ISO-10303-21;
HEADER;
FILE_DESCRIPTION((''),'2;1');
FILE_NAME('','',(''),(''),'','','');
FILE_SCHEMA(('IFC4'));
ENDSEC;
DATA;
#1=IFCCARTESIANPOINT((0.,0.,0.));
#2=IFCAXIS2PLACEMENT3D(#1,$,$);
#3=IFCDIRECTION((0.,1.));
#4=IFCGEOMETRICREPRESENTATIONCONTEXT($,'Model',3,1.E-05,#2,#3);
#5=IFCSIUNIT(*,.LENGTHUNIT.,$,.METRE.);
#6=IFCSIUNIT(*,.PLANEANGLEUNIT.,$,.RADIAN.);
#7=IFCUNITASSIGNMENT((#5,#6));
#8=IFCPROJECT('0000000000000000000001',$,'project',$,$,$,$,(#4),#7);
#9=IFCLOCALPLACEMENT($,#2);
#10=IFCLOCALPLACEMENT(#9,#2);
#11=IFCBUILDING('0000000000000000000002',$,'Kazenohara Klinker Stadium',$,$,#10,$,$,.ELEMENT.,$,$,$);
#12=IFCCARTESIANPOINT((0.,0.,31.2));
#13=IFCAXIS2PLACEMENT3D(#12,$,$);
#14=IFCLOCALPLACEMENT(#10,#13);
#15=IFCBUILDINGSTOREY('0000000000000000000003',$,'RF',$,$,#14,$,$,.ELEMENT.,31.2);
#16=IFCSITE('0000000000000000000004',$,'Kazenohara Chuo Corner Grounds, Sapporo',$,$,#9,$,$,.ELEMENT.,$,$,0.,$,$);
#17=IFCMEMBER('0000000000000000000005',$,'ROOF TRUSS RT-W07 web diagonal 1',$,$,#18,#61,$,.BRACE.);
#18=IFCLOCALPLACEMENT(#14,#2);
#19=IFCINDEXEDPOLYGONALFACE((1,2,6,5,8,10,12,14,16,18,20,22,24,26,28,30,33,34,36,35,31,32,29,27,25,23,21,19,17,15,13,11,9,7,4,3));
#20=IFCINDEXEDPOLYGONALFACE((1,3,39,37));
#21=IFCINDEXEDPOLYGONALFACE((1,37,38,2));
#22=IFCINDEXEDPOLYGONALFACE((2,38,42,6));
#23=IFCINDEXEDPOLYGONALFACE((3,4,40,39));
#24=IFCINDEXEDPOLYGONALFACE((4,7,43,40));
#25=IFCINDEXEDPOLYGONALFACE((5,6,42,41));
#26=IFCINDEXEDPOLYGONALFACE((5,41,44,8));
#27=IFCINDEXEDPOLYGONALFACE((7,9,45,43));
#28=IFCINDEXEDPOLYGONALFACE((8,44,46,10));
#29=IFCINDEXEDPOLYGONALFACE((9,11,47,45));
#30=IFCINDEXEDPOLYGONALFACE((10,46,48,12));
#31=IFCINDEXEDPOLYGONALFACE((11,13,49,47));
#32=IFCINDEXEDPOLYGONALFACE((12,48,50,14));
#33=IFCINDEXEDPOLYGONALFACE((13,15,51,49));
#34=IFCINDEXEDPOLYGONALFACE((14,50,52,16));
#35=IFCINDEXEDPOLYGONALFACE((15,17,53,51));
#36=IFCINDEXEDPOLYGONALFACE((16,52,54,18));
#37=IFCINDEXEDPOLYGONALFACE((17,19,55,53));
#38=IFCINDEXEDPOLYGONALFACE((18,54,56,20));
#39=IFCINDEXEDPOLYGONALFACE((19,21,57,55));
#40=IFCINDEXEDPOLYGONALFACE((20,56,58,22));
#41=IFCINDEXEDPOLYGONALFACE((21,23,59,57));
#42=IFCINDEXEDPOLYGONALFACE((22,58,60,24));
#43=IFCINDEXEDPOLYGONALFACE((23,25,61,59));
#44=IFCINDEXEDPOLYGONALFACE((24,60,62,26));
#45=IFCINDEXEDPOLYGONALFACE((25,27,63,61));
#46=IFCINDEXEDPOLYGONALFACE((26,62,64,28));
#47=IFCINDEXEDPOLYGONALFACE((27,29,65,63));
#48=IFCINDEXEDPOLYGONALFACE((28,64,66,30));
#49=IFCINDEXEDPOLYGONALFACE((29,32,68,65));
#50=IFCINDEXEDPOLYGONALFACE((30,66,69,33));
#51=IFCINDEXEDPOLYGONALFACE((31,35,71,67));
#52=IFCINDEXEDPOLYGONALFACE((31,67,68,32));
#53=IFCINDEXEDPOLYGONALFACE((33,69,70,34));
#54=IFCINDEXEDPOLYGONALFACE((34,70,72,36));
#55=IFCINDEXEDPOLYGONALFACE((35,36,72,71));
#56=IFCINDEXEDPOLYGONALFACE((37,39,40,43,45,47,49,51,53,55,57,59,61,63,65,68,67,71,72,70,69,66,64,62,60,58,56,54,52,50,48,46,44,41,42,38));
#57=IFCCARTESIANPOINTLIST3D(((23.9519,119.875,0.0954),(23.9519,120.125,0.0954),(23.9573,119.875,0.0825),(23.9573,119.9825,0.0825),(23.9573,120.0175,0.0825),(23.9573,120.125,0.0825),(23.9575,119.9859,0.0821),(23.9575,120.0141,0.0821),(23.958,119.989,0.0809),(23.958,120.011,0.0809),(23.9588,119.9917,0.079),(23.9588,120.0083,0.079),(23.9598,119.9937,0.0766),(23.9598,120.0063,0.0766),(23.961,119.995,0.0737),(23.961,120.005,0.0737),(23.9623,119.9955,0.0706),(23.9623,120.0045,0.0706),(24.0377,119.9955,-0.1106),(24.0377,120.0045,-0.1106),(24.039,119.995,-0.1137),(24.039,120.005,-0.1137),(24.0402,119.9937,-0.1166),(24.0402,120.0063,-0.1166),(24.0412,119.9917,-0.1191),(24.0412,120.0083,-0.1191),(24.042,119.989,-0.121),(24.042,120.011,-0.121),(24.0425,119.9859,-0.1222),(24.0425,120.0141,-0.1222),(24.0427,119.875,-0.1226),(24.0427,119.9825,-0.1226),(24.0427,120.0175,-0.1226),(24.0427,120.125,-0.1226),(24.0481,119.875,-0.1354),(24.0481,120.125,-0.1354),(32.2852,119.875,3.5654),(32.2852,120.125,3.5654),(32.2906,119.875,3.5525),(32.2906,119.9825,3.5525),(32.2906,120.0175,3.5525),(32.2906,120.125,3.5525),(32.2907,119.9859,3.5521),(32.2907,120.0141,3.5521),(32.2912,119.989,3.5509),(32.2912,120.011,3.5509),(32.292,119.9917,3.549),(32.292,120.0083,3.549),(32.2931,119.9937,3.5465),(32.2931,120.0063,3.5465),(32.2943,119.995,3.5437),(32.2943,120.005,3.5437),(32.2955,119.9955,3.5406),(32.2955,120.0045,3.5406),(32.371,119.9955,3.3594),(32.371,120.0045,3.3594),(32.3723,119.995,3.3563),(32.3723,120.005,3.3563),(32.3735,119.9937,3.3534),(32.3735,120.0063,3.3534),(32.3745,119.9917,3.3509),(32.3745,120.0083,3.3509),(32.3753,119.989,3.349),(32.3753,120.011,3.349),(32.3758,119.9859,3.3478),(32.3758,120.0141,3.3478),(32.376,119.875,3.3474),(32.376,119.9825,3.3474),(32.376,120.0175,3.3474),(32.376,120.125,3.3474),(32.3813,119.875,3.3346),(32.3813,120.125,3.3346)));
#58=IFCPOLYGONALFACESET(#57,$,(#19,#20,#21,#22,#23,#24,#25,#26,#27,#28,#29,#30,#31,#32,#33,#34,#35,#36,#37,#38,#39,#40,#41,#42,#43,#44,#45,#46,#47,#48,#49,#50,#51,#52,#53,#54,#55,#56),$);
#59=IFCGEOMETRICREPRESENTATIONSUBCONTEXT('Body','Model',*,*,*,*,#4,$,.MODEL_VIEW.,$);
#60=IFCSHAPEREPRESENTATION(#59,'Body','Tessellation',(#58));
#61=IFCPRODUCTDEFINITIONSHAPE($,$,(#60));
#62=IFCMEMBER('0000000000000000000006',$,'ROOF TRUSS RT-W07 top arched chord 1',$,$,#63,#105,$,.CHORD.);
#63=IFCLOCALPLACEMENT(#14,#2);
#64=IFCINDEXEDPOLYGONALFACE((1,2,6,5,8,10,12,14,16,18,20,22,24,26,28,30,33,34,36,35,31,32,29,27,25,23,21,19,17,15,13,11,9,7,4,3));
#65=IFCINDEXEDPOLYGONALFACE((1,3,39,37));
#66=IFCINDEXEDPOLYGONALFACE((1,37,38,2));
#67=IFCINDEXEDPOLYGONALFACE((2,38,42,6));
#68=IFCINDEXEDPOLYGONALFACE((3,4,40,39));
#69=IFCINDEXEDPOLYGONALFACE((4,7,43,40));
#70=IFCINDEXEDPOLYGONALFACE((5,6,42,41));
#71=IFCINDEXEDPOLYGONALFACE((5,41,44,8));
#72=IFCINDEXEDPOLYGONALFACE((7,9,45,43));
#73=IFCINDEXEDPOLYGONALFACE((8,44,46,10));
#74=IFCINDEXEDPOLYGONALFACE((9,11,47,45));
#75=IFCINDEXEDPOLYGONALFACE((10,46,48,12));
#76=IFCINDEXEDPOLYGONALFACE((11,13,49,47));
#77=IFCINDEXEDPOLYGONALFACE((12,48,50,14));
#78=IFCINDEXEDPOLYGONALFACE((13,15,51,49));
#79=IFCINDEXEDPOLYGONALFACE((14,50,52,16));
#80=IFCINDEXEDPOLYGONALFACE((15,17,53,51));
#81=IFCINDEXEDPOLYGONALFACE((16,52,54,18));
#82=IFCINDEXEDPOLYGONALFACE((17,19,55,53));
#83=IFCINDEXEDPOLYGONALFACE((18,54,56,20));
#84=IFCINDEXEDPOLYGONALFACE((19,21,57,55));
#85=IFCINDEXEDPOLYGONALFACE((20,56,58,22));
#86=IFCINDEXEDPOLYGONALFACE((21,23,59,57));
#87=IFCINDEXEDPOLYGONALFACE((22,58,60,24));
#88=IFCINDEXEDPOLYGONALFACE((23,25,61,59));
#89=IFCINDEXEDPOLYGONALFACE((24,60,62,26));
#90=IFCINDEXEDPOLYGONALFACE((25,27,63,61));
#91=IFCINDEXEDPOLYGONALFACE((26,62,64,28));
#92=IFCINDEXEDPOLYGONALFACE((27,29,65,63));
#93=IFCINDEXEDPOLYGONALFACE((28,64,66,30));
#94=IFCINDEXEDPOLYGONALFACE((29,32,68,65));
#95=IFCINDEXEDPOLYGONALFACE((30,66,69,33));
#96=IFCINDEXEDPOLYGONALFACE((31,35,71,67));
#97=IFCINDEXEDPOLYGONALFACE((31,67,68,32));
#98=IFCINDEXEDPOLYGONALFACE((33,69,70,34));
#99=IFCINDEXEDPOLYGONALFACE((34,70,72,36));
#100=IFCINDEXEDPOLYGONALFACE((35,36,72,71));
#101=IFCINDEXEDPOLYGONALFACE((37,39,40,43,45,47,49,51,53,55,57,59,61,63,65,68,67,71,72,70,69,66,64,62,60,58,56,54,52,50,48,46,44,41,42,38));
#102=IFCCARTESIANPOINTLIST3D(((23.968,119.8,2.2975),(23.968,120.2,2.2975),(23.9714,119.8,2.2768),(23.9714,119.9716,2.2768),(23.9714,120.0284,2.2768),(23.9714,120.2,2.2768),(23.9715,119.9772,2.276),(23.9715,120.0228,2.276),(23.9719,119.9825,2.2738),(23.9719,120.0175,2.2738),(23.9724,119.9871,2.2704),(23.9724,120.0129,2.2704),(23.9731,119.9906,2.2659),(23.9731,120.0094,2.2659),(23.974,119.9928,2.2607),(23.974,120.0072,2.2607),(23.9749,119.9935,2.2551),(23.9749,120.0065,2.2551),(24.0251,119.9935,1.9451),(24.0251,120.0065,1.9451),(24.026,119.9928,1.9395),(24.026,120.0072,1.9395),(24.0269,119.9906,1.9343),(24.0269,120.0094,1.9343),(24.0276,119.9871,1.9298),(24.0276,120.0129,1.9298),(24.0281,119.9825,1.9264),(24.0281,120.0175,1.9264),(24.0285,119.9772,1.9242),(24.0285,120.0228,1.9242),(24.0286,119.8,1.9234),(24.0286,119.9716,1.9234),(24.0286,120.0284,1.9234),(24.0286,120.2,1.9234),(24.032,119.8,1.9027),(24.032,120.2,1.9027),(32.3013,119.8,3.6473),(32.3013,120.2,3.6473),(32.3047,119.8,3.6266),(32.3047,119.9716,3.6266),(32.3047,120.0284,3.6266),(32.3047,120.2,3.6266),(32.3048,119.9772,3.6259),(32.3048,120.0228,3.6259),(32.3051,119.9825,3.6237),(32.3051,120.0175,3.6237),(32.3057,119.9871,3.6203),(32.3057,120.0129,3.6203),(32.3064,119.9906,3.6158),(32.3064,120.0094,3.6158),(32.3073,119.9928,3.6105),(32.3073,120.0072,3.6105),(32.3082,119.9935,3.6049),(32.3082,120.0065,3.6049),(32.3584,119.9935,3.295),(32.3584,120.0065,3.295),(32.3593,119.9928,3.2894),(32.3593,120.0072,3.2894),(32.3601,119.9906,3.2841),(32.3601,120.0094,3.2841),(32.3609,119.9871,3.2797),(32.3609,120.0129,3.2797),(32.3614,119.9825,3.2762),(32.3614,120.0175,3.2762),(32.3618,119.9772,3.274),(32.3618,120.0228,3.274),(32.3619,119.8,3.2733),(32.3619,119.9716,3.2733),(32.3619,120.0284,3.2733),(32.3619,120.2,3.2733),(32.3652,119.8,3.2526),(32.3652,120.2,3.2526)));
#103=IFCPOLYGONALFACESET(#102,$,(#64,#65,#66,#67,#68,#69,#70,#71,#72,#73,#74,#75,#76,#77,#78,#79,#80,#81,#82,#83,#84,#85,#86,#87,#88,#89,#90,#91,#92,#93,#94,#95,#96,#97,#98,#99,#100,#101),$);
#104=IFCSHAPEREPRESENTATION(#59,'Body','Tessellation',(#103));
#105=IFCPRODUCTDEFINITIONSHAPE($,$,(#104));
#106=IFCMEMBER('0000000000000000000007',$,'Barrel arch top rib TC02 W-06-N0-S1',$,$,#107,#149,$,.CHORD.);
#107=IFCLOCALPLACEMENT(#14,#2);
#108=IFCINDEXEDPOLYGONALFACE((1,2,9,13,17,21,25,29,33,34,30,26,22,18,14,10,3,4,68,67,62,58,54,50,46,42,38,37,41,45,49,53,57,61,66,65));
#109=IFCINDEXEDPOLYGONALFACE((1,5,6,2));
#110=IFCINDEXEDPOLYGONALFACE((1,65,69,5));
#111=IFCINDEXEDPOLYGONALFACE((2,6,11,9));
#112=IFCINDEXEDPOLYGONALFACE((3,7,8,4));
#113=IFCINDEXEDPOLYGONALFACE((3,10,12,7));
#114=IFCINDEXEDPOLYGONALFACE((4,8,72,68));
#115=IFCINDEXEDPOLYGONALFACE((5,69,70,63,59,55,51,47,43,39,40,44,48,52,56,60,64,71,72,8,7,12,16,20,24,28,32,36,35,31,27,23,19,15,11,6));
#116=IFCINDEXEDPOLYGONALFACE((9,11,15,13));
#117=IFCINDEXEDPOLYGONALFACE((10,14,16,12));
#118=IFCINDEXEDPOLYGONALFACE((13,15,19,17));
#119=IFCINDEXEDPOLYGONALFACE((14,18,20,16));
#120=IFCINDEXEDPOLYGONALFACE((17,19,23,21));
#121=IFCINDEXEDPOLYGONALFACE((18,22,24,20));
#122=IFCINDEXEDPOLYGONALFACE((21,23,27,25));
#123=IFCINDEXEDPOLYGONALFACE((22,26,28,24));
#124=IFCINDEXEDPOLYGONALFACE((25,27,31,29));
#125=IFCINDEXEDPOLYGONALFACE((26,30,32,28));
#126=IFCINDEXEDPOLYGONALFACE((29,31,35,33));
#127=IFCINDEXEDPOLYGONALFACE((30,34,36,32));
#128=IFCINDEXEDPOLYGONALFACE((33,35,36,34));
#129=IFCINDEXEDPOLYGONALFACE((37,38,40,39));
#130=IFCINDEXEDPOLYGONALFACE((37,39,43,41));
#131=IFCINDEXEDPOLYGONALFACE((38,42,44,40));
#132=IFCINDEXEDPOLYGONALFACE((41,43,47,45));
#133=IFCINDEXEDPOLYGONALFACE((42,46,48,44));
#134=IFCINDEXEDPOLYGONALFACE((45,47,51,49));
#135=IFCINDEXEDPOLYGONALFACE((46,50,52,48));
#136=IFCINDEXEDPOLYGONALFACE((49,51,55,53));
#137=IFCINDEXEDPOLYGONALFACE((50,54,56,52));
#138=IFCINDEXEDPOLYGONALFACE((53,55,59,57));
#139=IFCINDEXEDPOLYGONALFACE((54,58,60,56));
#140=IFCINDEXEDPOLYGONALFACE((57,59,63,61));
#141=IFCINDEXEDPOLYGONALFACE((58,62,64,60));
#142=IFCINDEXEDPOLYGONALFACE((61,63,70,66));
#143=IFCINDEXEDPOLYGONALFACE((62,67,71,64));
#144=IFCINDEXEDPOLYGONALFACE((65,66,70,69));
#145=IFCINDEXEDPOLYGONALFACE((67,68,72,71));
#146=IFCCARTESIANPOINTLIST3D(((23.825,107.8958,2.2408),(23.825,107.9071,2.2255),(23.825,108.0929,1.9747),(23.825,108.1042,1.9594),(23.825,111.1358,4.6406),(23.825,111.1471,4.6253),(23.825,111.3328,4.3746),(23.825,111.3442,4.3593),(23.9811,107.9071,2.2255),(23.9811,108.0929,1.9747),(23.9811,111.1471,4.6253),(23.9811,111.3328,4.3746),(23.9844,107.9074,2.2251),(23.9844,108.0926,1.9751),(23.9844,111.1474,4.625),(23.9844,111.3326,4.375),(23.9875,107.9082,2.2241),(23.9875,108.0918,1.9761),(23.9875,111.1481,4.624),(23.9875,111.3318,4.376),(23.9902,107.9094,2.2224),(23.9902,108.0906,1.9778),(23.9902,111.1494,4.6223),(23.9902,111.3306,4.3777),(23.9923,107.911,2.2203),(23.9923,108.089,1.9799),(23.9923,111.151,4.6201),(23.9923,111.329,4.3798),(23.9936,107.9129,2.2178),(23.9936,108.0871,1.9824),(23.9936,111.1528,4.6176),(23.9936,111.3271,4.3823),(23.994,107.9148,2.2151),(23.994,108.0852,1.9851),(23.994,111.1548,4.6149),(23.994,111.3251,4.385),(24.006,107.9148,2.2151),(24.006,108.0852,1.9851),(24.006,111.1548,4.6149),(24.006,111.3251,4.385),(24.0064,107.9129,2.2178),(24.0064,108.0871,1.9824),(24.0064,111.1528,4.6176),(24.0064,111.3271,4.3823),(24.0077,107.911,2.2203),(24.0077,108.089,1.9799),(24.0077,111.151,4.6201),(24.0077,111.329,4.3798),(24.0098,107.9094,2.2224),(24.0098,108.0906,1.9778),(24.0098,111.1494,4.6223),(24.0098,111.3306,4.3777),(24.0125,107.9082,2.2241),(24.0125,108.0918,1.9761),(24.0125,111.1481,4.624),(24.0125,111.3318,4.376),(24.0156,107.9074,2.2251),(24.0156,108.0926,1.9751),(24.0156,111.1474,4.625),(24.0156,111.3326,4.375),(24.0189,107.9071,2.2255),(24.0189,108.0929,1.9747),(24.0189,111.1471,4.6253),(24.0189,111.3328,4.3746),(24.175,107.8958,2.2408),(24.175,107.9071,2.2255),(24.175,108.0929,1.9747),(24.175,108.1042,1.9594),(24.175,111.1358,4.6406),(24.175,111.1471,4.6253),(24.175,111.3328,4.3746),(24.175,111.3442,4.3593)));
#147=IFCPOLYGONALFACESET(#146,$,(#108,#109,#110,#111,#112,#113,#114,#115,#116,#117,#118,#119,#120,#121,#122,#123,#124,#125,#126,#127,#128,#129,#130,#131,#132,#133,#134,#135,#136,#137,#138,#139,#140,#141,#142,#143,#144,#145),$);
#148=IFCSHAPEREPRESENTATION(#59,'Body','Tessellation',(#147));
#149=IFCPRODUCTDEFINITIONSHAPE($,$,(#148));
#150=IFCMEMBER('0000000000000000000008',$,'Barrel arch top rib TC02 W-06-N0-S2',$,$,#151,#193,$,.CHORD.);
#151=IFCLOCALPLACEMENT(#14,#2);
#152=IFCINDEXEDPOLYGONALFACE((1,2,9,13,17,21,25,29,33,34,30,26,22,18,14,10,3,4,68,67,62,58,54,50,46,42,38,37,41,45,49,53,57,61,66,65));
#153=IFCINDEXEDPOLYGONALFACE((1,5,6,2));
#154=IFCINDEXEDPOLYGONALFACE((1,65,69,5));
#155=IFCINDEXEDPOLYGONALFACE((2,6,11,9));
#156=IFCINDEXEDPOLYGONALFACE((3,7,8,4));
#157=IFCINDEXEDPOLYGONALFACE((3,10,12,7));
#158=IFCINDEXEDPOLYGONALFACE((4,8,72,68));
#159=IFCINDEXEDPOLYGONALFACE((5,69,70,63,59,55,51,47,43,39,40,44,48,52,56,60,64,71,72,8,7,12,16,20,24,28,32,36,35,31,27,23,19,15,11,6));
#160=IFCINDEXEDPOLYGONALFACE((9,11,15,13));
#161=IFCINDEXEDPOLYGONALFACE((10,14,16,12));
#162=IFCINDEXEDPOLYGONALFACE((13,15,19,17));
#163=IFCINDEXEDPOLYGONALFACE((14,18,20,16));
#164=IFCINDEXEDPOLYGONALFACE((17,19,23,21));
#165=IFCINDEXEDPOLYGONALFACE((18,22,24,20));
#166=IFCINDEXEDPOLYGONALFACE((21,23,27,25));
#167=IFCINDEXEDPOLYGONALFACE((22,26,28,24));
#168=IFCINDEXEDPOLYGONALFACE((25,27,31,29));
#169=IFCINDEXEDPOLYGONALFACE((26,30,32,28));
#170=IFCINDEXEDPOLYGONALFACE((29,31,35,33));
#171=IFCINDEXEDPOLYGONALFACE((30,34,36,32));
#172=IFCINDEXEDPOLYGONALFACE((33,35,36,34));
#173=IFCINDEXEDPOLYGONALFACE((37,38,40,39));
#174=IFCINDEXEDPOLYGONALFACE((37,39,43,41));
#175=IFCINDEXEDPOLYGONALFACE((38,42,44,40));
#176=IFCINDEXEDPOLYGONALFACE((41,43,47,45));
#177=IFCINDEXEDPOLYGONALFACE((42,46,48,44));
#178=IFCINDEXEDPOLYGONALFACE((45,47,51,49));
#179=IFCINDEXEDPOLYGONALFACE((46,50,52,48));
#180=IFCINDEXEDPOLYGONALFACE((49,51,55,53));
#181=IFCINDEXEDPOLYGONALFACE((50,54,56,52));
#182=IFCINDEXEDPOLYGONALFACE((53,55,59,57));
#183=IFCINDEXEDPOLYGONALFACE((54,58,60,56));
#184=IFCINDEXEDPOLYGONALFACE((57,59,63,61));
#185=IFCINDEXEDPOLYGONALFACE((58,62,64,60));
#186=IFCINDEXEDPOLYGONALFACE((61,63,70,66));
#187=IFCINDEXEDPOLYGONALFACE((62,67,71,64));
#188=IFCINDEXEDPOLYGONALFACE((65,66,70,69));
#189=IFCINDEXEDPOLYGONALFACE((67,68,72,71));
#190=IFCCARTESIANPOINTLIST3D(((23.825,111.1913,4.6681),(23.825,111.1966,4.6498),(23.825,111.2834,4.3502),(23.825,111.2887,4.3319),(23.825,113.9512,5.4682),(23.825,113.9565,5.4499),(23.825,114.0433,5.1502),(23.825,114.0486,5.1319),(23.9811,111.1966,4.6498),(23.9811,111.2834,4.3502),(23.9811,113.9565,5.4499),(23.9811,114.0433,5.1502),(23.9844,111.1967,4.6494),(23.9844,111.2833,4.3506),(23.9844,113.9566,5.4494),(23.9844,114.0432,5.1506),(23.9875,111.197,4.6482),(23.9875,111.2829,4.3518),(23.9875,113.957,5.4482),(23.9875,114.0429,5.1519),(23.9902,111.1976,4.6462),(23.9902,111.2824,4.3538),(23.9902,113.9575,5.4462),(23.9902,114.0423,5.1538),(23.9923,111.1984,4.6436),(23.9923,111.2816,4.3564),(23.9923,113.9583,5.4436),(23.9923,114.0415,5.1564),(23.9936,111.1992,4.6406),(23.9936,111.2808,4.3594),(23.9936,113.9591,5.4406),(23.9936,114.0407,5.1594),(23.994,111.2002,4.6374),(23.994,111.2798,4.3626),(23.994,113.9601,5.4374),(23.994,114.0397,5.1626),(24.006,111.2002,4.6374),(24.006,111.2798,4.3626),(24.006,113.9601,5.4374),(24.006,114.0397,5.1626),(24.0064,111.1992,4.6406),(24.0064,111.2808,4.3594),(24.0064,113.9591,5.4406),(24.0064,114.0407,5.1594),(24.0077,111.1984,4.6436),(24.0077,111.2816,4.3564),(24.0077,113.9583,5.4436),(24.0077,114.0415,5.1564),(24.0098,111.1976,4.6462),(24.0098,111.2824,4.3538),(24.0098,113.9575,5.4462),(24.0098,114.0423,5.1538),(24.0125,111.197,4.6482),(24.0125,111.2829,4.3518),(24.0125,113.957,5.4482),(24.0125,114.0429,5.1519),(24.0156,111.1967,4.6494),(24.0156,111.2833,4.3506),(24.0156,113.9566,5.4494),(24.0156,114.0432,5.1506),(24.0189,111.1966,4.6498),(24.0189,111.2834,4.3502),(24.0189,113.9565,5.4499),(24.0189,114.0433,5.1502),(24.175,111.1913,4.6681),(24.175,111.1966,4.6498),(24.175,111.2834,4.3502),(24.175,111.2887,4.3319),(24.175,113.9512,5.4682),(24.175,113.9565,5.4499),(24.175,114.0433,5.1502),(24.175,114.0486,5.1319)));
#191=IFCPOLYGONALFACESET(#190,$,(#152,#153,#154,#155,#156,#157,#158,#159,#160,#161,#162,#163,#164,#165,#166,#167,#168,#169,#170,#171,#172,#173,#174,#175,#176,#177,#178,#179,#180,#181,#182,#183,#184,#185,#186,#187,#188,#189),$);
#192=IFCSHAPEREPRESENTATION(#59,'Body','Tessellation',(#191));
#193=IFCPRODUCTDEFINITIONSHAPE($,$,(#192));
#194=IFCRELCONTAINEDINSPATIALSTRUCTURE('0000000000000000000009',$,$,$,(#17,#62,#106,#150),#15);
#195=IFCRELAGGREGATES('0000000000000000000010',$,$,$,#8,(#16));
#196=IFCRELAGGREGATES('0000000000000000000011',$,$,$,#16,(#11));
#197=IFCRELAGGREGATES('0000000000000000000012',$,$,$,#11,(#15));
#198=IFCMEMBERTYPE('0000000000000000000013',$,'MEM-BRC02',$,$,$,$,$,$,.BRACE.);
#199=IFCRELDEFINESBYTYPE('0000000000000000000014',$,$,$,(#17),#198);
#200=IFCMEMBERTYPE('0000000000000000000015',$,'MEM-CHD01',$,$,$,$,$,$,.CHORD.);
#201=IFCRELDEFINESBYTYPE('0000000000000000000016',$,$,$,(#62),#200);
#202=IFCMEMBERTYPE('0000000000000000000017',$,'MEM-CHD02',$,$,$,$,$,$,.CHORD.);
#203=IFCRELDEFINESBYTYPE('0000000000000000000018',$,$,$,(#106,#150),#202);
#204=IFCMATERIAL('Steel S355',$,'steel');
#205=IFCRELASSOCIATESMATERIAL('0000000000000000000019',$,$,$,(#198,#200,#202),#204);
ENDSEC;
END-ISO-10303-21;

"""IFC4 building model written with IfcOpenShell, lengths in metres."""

from ifc_helpers import new_model, si_unit, direction, frame, origin, origin_2d, place, context, subcontext, project, spatial, i_section, extrude, material, material_profile, profile_set, type_object, element, save


model = new_model("IFC4")

# Units and contexts
model_context = context("Model", 3, precision=1e-05, world=origin(), true_north=direction((0.0, 1.0)))
body_context = subcontext(model_context, "Body", "Model", "MODEL_VIEW")
ifc_project = project(units=[si_unit("LENGTHUNIT", "METRE"), si_unit("PLANEANGLEUNIT", "RADIAN")], contexts=[model_context])

# Site, building, storey
site_placement = place(None, origin())
site = spatial("IfcSite", under=ifc_project, at=site_placement, Name="Kazenohara Chuo Corner Grounds, Sapporo", CompositionType="ELEMENT", RefElevation=0.0)
building_placement = place(site_placement, origin())
building = spatial("IfcBuilding", under=site, at=building_placement, Name="Kazenohara Klinker Stadium", CompositionType="ELEMENT")
storey_placement = place(building_placement, frame((0.0, 0.0, 31.2)))
storey = spatial("IfcBuildingStorey", under=building, at=storey_placement, Name="RF", CompositionType="ELEMENT", Elevation=31.2)

# Members
ifc_material_1 = material(Name="Steel S355", Category="steel")
ifc_material_profile_1 = material_profile(ifc_material_1, i_section(OverallWidth=0.25, OverallDepth=0.25, WebThickness=0.009, FlangeThickness=0.0139, FilletRadius=0.0129, at=origin_2d()), Name="H-250x250x9x14")
ifc_profile_set_1 = profile_set([ifc_material_profile_1], Name="Steel S355")
member_type_1 = type_object("IfcMemberType", Name="MEM-BRC02", PredefinedType="BRACE", material=ifc_profile_set_1)
member_1_placement = place(storey_placement, frame((24.0, 120.0, -0.02), z_axis=(0.923164, 0.0, 0.384406), x_axis=(0.0, 1.0, 0.0)))
element("IfcMember", 1, at=member_1_placement, inside=storey, type_object=member_type_1, Name="ROOF TRUSS RT-W07 web diagonal 1", PredefinedType="BRACE", context=body_context, shape_type="SweptSolid", body=[
    extrude(i_section(OverallWidth=0.25, OverallDepth=0.25, WebThickness=0.009, FlangeThickness=0.0139, FilletRadius=0.0129, at=origin_2d()), origin(), (0.0, 0.0, 1.0), 9.0269),
])
ifc_material_profile_2 = material_profile(ifc_material_1, i_section(OverallWidth=0.3999, OverallDepth=0.3999, WebThickness=0.0129, FlangeThickness=0.021, FilletRadius=0.022, at=origin_2d()), Name="H-400x400x13x21")
ifc_profile_set_2 = profile_set([ifc_material_profile_2], Name="Steel S355")
member_type_2 = type_object("IfcMemberType", Name="MEM-CHD01", PredefinedType="CHORD", material=ifc_profile_set_2)
member_2_placement = place(storey_placement, frame((24.0, 120.0, 2.1001), z_axis=(0.987133, 0.0, 0.1599), x_axis=(0.0, 1.0, 0.0)))
element("IfcMember", 2, at=member_2_placement, inside=storey, type_object=member_type_2, Name="ROOF TRUSS RT-W07 top arched chord 1", PredefinedType="CHORD", context=body_context, shape_type="SweptSolid", body=[
    extrude(i_section(OverallWidth=0.3999, OverallDepth=0.3999, WebThickness=0.0129, FlangeThickness=0.021, FilletRadius=0.022, at=origin_2d()), origin(), (0.0, 0.0, 1.0), 8.4419),
])
ifc_material_profile_3 = material_profile(ifc_material_1, i_section(OverallWidth=0.3501, OverallDepth=0.3501, WebThickness=0.012, FlangeThickness=0.019, FilletRadius=0.0129, at=origin_2d()), Name="H-350x350x12x19")
ifc_profile_set_3 = profile_set([ifc_material_profile_3], Name="Steel S355")
member_type_3 = type_object("IfcMemberType", Name="MEM-CHD02", PredefinedType="CHORD", material=ifc_profile_set_3)
member_3_placement = place(storey_placement, frame((24.0, 108.0, 2.1001), z_axis=(0.0, 0.803568, 0.595213), x_axis=(-1.0, 0.0, 0.0)))
element("IfcMember", 3, at=member_3_placement, inside=storey, type_object=member_type_3, Name="Barrel arch top rib TC02 W-06-N0-S1", PredefinedType="CHORD", context=body_context, shape_type="SweptSolid", body=[
    extrude(i_section(OverallWidth=0.3501, OverallDepth=0.3501, WebThickness=0.012, FlangeThickness=0.019, FilletRadius=0.0129, at=origin_2d()), origin(), (0.0, 0.0, 1.0), 4.032),
])
for number, where, z_axis, x_axis, name in (
    (4, (24.0, 111.24, 4.5), (0.0, 0.960462, 0.278411), (-1.0, 0.0, 0.0), "Barrel arch top rib TC02 W-06-N0-S2"),
):
    element("IfcMember", number, at=place(storey_placement, frame(where, z_axis=z_axis, x_axis=x_axis)), inside=storey, type_object=member_type_3, Name=name, PredefinedType="CHORD", context=body_context, shape_type="SweptSolid", body=[
        extrude(i_section(OverallWidth=0.3501, OverallDepth=0.3501, WebThickness=0.012, FlangeThickness=0.019, FilletRadius=0.0129, at=origin_2d()), origin(), (0.0, 0.0, 1.0), 2.8735),
    ])

save(model, "model.ifc")
